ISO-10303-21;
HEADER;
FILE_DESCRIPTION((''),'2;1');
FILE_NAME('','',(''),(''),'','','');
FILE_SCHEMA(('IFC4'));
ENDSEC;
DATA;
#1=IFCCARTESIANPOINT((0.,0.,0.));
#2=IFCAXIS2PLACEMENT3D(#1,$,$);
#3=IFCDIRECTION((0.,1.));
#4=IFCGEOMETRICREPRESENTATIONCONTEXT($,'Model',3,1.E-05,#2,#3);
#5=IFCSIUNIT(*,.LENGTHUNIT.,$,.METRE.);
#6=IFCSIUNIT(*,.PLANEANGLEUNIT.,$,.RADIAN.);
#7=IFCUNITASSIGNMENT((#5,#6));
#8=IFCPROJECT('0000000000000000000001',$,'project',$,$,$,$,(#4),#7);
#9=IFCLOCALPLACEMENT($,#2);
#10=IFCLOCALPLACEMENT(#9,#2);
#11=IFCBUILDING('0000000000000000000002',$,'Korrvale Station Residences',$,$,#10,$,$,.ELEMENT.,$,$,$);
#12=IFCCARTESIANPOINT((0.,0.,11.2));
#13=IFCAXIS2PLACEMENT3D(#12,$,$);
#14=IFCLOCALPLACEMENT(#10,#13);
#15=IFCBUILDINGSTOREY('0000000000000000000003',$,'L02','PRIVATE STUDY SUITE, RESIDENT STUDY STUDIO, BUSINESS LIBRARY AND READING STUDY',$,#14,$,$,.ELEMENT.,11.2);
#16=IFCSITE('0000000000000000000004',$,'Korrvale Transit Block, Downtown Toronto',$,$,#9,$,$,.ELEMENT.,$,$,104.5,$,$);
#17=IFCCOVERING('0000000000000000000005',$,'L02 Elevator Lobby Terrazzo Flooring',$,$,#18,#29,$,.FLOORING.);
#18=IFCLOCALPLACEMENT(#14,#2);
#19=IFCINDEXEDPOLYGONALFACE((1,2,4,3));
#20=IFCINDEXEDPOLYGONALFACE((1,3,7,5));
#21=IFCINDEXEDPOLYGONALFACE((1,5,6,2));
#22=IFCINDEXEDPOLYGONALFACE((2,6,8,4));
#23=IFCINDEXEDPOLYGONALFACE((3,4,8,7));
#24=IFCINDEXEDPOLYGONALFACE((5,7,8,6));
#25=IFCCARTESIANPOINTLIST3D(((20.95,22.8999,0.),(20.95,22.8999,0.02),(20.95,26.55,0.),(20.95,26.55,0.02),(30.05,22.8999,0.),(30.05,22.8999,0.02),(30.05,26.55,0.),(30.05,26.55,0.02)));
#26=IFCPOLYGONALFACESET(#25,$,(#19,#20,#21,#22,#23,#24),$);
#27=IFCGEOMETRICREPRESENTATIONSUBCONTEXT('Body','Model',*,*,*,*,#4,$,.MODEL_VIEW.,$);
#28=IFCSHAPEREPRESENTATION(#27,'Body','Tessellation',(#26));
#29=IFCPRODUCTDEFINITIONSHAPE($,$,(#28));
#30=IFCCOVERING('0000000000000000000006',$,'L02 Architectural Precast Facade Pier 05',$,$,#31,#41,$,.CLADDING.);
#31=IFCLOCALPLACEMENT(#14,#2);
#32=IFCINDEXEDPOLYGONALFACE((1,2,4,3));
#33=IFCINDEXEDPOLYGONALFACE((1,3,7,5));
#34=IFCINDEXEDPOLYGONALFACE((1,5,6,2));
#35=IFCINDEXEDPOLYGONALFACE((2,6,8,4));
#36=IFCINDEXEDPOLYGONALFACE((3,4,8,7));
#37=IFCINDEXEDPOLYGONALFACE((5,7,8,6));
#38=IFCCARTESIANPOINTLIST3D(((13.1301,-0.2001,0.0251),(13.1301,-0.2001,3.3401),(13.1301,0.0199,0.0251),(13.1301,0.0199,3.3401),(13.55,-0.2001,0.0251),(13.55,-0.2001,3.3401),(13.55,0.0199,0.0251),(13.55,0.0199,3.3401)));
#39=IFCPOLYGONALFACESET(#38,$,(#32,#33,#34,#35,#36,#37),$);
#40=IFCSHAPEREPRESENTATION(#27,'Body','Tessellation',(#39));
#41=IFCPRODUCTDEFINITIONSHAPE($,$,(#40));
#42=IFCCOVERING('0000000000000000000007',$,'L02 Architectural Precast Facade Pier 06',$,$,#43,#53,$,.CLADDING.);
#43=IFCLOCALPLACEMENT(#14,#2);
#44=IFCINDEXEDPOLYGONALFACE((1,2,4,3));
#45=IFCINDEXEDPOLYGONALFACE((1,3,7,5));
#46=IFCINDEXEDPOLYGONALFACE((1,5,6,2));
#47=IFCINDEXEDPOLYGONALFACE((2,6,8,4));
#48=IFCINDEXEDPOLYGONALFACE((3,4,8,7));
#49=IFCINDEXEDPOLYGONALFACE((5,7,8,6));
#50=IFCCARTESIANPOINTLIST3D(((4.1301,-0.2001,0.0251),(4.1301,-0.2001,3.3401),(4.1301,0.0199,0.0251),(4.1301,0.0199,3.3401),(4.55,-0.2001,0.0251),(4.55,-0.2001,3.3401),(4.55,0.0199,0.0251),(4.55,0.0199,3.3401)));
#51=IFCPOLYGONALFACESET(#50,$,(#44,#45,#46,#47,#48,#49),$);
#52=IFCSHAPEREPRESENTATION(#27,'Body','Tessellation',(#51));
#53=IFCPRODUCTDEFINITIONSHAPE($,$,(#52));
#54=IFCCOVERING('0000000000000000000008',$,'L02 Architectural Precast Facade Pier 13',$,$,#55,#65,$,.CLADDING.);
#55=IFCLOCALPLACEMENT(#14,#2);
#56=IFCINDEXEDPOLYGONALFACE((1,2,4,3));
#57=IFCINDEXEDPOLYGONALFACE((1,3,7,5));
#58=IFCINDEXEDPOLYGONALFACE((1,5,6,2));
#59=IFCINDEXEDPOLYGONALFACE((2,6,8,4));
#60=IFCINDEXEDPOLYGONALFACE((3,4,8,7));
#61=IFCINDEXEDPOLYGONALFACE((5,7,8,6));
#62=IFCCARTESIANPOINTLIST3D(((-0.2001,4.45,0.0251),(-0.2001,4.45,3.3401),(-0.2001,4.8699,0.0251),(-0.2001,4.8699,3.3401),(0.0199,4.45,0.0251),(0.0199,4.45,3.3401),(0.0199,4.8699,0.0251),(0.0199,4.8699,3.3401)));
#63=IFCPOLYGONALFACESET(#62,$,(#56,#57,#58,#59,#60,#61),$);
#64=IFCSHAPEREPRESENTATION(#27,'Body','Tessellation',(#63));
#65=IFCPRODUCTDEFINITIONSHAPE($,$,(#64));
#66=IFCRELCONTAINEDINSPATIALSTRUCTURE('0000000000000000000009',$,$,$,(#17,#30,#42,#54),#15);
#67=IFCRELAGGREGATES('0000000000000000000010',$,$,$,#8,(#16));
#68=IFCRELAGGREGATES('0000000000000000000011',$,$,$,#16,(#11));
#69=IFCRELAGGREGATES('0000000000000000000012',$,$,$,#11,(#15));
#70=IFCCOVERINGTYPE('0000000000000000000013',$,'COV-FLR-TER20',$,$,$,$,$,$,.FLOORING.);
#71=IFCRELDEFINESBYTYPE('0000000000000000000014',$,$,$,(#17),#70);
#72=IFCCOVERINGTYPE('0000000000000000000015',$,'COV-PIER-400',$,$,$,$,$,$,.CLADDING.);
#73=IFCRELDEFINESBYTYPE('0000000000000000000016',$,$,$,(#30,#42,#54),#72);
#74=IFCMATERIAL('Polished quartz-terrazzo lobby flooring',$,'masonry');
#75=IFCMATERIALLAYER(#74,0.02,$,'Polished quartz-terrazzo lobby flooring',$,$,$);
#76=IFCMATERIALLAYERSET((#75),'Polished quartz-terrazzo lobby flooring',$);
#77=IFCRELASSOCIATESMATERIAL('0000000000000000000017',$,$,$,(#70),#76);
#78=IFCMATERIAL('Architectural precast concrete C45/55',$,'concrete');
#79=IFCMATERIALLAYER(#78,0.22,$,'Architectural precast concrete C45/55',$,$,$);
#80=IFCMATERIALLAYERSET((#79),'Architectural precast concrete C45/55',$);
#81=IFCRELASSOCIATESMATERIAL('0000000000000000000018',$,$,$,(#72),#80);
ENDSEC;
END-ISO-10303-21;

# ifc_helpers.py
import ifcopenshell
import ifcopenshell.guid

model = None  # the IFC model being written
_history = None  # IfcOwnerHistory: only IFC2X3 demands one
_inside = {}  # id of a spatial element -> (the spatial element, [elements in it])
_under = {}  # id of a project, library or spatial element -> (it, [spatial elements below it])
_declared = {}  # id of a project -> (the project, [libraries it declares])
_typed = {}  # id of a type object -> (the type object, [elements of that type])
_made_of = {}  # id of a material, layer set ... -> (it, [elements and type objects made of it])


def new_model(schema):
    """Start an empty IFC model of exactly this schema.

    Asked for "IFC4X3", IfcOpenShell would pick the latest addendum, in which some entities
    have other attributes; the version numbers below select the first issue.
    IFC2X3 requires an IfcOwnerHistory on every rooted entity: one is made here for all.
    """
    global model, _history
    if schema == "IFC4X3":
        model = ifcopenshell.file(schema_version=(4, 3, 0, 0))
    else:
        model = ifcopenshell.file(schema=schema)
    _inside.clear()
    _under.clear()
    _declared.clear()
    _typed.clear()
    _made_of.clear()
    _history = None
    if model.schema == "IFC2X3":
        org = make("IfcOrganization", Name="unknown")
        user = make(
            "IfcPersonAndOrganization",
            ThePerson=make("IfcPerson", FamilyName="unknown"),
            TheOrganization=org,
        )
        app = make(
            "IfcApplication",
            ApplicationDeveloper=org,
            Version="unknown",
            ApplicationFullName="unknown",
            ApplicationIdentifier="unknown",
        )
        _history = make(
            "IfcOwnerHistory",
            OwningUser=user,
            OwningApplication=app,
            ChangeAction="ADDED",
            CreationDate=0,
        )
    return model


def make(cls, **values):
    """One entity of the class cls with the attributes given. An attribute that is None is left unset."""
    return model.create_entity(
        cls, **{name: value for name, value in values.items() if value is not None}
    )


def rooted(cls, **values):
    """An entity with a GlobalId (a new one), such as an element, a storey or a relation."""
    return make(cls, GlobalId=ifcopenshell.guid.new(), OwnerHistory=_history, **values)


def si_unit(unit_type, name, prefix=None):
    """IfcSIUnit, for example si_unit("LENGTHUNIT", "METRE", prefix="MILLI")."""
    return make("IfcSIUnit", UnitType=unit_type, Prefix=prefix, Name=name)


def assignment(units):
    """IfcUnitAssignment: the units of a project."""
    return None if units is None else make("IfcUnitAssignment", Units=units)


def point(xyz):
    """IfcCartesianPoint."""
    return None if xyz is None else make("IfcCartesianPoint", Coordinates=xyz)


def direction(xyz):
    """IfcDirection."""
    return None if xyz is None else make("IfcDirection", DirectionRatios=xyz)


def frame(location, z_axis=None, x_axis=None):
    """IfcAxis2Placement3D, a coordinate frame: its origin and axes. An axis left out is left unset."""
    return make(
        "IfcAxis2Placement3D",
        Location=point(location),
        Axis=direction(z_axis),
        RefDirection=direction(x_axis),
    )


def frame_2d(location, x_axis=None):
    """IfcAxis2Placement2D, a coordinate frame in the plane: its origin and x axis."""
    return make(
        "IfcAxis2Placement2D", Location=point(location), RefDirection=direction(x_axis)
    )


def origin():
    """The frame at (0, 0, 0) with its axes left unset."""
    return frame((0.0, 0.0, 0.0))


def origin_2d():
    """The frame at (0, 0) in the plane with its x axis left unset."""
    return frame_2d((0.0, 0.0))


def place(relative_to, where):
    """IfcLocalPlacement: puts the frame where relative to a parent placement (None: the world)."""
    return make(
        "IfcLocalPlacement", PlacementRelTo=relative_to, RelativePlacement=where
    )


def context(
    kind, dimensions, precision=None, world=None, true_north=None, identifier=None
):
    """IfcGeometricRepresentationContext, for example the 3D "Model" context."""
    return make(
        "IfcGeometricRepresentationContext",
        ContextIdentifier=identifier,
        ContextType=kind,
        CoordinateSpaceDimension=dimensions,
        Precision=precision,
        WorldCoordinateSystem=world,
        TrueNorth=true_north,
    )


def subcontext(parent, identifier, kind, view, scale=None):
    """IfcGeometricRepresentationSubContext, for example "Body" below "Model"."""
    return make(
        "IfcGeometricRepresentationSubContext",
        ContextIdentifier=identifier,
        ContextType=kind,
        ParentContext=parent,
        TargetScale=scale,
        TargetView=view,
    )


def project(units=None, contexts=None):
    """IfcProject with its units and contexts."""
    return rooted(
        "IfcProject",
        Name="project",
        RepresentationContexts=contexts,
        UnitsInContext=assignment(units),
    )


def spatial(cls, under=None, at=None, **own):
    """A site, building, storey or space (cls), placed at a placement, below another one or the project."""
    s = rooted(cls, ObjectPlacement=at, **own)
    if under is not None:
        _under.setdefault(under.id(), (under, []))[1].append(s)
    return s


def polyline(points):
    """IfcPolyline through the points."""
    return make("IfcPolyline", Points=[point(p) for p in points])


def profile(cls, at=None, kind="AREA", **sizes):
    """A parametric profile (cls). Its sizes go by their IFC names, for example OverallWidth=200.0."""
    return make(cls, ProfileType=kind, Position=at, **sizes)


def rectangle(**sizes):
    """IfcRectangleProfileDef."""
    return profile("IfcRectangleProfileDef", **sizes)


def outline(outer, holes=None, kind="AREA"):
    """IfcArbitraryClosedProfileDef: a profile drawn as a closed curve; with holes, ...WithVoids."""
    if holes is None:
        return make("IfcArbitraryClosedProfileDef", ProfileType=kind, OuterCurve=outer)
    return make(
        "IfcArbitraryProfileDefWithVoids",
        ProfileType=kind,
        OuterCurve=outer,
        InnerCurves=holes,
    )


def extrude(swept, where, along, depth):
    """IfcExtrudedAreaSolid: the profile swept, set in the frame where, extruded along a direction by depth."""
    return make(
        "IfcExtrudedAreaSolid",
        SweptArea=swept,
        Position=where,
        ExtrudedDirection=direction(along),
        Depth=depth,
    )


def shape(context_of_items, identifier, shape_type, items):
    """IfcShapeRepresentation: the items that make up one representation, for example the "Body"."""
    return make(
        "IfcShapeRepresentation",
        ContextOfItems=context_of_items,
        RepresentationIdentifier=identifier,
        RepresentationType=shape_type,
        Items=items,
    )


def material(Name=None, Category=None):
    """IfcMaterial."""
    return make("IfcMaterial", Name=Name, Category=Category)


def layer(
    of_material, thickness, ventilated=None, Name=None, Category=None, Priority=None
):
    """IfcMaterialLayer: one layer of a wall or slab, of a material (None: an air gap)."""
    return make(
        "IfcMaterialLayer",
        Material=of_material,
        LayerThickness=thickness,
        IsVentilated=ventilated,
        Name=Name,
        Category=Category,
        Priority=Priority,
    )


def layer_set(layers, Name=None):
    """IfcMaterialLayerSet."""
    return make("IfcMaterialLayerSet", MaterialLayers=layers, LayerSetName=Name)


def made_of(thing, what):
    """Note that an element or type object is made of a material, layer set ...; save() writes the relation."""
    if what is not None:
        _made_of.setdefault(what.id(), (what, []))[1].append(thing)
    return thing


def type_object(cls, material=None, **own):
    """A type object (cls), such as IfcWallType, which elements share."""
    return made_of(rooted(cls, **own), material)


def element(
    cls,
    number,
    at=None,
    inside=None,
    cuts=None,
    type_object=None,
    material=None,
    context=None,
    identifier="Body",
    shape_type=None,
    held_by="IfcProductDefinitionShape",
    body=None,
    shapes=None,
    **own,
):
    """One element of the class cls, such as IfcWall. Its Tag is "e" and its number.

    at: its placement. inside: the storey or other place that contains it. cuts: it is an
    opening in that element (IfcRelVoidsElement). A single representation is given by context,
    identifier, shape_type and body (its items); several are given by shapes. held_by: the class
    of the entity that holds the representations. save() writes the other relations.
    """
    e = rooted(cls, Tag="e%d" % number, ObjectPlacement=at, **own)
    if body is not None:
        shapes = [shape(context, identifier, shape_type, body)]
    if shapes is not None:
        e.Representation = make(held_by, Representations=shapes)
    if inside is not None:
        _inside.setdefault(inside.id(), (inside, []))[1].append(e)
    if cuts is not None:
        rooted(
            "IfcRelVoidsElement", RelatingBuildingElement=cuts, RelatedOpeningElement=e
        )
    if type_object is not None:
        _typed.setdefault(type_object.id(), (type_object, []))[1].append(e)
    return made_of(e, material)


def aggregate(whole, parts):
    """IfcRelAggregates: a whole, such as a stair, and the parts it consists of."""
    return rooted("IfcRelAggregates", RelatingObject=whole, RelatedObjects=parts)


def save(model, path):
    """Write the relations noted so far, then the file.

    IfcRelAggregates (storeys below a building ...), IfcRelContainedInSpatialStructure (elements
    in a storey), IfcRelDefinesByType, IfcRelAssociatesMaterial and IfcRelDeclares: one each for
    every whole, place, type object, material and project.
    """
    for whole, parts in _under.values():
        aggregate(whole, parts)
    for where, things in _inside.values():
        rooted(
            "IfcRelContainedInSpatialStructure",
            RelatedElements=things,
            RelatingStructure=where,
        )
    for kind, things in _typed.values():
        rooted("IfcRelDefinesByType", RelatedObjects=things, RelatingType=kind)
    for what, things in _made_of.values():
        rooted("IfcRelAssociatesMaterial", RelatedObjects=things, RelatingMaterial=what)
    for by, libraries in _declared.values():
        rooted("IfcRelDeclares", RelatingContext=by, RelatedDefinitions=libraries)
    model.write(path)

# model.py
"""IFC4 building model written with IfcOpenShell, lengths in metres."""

from ifc_helpers import new_model, si_unit, direction, frame, origin, origin_2d, place, context, subcontext, project, spatial, polyline, rectangle, outline, extrude, material, layer, layer_set, type_object, element, save


model = new_model("IFC4")

# Units and contexts
model_context = context("Model", 3, precision=1e-05, world=origin(), true_north=direction((0.0, 1.0)))
body_context = subcontext(model_context, "Body", "Model", "MODEL_VIEW")
ifc_project = project(units=[si_unit("LENGTHUNIT", "METRE"), si_unit("PLANEANGLEUNIT", "RADIAN")], contexts=[model_context])

# Site, building, storey
site_placement = place(None, origin())
site = spatial("IfcSite", under=ifc_project, at=site_placement, Name="Korrvale Transit Block, Downtown Toronto", CompositionType="ELEMENT", RefElevation=104.5)
building_placement = place(site_placement, origin())
building = spatial("IfcBuilding", under=site, at=building_placement, Name="Korrvale Station Residences", CompositionType="ELEMENT")
storey_placement = place(building_placement, frame((0.0, 0.0, 11.2)))
storey = spatial("IfcBuildingStorey", under=building, at=storey_placement, Name="L02", Description="PRIVATE STUDY SUITE, RESIDENT STUDY STUDIO, BUSINESS LIBRARY AND READING STUDY", CompositionType="ELEMENT", Elevation=11.2)

# Coverings
ifc_material_1 = material(Name="Polished quartz-terrazzo lobby flooring", Category="masonry")
ifc_layer_1 = layer(ifc_material_1, 0.02, Name="Polished quartz-terrazzo lobby flooring")
ifc_layer_set_1 = layer_set([ifc_layer_1], Name="Polished quartz-terrazzo lobby flooring")
covering_type_1 = type_object("IfcCoveringType", Name="COV-FLR-TER20", PredefinedType="FLOORING", material=ifc_layer_set_1)
covering_1_placement = place(storey_placement, origin())
element("IfcCovering", 1, at=covering_1_placement, inside=storey, type_object=covering_type_1, Name="L02 Elevator Lobby Terrazzo Flooring", PredefinedType="FLOORING", context=body_context, shape_type="SweptSolid", body=[
    extrude(outline(polyline([(20.95, 22.8999), (30.05, 22.8999), (30.05, 26.55), (20.95, 26.55), (20.95, 22.8999)])), origin(), (0.0, 0.0, 1.0), 0.02),
])
ifc_material_2 = material(Name="Architectural precast concrete C45/55", Category="concrete")
ifc_layer_2 = layer(ifc_material_2, 0.22, Name="Architectural precast concrete C45/55")
ifc_layer_set_2 = layer_set([ifc_layer_2], Name="Architectural precast concrete C45/55")
covering_type_2 = type_object("IfcCoveringType", Name="COV-PIER-400", PredefinedType="CLADDING", material=ifc_layer_set_2)
for number, where, z_axis, x_axis, name in (
    (2, (13.3401, -0.0901, 0.0251), (0.0, 0.0, 1.0), (1.0, 0.0, 0.0), "L02 Architectural Precast Facade Pier 05"),
    (3, (4.3401, -0.0901, 0.0251), (0.0, 0.0, 1.0), (1.0, 0.0, 0.0), "L02 Architectural Precast Facade Pier 06"),
    (4, (-0.0901, 4.6599, 0.0251), (0.0, 0.0, 1.0), (0.0, 1.0, 0.0), "L02 Architectural Precast Facade Pier 13"),
):
    element("IfcCovering", number, at=place(storey_placement, frame(where, z_axis=z_axis, x_axis=x_axis)), inside=storey, type_object=covering_type_2, Name=name, PredefinedType="CLADDING", context=body_context, shape_type="SweptSolid", body=[
        extrude(rectangle(XDim=0.4199, YDim=0.22, at=origin_2d()), origin(), (0.0, 0.0, 1.0), 3.3149),
    ])

save(model, "model.ifc")
